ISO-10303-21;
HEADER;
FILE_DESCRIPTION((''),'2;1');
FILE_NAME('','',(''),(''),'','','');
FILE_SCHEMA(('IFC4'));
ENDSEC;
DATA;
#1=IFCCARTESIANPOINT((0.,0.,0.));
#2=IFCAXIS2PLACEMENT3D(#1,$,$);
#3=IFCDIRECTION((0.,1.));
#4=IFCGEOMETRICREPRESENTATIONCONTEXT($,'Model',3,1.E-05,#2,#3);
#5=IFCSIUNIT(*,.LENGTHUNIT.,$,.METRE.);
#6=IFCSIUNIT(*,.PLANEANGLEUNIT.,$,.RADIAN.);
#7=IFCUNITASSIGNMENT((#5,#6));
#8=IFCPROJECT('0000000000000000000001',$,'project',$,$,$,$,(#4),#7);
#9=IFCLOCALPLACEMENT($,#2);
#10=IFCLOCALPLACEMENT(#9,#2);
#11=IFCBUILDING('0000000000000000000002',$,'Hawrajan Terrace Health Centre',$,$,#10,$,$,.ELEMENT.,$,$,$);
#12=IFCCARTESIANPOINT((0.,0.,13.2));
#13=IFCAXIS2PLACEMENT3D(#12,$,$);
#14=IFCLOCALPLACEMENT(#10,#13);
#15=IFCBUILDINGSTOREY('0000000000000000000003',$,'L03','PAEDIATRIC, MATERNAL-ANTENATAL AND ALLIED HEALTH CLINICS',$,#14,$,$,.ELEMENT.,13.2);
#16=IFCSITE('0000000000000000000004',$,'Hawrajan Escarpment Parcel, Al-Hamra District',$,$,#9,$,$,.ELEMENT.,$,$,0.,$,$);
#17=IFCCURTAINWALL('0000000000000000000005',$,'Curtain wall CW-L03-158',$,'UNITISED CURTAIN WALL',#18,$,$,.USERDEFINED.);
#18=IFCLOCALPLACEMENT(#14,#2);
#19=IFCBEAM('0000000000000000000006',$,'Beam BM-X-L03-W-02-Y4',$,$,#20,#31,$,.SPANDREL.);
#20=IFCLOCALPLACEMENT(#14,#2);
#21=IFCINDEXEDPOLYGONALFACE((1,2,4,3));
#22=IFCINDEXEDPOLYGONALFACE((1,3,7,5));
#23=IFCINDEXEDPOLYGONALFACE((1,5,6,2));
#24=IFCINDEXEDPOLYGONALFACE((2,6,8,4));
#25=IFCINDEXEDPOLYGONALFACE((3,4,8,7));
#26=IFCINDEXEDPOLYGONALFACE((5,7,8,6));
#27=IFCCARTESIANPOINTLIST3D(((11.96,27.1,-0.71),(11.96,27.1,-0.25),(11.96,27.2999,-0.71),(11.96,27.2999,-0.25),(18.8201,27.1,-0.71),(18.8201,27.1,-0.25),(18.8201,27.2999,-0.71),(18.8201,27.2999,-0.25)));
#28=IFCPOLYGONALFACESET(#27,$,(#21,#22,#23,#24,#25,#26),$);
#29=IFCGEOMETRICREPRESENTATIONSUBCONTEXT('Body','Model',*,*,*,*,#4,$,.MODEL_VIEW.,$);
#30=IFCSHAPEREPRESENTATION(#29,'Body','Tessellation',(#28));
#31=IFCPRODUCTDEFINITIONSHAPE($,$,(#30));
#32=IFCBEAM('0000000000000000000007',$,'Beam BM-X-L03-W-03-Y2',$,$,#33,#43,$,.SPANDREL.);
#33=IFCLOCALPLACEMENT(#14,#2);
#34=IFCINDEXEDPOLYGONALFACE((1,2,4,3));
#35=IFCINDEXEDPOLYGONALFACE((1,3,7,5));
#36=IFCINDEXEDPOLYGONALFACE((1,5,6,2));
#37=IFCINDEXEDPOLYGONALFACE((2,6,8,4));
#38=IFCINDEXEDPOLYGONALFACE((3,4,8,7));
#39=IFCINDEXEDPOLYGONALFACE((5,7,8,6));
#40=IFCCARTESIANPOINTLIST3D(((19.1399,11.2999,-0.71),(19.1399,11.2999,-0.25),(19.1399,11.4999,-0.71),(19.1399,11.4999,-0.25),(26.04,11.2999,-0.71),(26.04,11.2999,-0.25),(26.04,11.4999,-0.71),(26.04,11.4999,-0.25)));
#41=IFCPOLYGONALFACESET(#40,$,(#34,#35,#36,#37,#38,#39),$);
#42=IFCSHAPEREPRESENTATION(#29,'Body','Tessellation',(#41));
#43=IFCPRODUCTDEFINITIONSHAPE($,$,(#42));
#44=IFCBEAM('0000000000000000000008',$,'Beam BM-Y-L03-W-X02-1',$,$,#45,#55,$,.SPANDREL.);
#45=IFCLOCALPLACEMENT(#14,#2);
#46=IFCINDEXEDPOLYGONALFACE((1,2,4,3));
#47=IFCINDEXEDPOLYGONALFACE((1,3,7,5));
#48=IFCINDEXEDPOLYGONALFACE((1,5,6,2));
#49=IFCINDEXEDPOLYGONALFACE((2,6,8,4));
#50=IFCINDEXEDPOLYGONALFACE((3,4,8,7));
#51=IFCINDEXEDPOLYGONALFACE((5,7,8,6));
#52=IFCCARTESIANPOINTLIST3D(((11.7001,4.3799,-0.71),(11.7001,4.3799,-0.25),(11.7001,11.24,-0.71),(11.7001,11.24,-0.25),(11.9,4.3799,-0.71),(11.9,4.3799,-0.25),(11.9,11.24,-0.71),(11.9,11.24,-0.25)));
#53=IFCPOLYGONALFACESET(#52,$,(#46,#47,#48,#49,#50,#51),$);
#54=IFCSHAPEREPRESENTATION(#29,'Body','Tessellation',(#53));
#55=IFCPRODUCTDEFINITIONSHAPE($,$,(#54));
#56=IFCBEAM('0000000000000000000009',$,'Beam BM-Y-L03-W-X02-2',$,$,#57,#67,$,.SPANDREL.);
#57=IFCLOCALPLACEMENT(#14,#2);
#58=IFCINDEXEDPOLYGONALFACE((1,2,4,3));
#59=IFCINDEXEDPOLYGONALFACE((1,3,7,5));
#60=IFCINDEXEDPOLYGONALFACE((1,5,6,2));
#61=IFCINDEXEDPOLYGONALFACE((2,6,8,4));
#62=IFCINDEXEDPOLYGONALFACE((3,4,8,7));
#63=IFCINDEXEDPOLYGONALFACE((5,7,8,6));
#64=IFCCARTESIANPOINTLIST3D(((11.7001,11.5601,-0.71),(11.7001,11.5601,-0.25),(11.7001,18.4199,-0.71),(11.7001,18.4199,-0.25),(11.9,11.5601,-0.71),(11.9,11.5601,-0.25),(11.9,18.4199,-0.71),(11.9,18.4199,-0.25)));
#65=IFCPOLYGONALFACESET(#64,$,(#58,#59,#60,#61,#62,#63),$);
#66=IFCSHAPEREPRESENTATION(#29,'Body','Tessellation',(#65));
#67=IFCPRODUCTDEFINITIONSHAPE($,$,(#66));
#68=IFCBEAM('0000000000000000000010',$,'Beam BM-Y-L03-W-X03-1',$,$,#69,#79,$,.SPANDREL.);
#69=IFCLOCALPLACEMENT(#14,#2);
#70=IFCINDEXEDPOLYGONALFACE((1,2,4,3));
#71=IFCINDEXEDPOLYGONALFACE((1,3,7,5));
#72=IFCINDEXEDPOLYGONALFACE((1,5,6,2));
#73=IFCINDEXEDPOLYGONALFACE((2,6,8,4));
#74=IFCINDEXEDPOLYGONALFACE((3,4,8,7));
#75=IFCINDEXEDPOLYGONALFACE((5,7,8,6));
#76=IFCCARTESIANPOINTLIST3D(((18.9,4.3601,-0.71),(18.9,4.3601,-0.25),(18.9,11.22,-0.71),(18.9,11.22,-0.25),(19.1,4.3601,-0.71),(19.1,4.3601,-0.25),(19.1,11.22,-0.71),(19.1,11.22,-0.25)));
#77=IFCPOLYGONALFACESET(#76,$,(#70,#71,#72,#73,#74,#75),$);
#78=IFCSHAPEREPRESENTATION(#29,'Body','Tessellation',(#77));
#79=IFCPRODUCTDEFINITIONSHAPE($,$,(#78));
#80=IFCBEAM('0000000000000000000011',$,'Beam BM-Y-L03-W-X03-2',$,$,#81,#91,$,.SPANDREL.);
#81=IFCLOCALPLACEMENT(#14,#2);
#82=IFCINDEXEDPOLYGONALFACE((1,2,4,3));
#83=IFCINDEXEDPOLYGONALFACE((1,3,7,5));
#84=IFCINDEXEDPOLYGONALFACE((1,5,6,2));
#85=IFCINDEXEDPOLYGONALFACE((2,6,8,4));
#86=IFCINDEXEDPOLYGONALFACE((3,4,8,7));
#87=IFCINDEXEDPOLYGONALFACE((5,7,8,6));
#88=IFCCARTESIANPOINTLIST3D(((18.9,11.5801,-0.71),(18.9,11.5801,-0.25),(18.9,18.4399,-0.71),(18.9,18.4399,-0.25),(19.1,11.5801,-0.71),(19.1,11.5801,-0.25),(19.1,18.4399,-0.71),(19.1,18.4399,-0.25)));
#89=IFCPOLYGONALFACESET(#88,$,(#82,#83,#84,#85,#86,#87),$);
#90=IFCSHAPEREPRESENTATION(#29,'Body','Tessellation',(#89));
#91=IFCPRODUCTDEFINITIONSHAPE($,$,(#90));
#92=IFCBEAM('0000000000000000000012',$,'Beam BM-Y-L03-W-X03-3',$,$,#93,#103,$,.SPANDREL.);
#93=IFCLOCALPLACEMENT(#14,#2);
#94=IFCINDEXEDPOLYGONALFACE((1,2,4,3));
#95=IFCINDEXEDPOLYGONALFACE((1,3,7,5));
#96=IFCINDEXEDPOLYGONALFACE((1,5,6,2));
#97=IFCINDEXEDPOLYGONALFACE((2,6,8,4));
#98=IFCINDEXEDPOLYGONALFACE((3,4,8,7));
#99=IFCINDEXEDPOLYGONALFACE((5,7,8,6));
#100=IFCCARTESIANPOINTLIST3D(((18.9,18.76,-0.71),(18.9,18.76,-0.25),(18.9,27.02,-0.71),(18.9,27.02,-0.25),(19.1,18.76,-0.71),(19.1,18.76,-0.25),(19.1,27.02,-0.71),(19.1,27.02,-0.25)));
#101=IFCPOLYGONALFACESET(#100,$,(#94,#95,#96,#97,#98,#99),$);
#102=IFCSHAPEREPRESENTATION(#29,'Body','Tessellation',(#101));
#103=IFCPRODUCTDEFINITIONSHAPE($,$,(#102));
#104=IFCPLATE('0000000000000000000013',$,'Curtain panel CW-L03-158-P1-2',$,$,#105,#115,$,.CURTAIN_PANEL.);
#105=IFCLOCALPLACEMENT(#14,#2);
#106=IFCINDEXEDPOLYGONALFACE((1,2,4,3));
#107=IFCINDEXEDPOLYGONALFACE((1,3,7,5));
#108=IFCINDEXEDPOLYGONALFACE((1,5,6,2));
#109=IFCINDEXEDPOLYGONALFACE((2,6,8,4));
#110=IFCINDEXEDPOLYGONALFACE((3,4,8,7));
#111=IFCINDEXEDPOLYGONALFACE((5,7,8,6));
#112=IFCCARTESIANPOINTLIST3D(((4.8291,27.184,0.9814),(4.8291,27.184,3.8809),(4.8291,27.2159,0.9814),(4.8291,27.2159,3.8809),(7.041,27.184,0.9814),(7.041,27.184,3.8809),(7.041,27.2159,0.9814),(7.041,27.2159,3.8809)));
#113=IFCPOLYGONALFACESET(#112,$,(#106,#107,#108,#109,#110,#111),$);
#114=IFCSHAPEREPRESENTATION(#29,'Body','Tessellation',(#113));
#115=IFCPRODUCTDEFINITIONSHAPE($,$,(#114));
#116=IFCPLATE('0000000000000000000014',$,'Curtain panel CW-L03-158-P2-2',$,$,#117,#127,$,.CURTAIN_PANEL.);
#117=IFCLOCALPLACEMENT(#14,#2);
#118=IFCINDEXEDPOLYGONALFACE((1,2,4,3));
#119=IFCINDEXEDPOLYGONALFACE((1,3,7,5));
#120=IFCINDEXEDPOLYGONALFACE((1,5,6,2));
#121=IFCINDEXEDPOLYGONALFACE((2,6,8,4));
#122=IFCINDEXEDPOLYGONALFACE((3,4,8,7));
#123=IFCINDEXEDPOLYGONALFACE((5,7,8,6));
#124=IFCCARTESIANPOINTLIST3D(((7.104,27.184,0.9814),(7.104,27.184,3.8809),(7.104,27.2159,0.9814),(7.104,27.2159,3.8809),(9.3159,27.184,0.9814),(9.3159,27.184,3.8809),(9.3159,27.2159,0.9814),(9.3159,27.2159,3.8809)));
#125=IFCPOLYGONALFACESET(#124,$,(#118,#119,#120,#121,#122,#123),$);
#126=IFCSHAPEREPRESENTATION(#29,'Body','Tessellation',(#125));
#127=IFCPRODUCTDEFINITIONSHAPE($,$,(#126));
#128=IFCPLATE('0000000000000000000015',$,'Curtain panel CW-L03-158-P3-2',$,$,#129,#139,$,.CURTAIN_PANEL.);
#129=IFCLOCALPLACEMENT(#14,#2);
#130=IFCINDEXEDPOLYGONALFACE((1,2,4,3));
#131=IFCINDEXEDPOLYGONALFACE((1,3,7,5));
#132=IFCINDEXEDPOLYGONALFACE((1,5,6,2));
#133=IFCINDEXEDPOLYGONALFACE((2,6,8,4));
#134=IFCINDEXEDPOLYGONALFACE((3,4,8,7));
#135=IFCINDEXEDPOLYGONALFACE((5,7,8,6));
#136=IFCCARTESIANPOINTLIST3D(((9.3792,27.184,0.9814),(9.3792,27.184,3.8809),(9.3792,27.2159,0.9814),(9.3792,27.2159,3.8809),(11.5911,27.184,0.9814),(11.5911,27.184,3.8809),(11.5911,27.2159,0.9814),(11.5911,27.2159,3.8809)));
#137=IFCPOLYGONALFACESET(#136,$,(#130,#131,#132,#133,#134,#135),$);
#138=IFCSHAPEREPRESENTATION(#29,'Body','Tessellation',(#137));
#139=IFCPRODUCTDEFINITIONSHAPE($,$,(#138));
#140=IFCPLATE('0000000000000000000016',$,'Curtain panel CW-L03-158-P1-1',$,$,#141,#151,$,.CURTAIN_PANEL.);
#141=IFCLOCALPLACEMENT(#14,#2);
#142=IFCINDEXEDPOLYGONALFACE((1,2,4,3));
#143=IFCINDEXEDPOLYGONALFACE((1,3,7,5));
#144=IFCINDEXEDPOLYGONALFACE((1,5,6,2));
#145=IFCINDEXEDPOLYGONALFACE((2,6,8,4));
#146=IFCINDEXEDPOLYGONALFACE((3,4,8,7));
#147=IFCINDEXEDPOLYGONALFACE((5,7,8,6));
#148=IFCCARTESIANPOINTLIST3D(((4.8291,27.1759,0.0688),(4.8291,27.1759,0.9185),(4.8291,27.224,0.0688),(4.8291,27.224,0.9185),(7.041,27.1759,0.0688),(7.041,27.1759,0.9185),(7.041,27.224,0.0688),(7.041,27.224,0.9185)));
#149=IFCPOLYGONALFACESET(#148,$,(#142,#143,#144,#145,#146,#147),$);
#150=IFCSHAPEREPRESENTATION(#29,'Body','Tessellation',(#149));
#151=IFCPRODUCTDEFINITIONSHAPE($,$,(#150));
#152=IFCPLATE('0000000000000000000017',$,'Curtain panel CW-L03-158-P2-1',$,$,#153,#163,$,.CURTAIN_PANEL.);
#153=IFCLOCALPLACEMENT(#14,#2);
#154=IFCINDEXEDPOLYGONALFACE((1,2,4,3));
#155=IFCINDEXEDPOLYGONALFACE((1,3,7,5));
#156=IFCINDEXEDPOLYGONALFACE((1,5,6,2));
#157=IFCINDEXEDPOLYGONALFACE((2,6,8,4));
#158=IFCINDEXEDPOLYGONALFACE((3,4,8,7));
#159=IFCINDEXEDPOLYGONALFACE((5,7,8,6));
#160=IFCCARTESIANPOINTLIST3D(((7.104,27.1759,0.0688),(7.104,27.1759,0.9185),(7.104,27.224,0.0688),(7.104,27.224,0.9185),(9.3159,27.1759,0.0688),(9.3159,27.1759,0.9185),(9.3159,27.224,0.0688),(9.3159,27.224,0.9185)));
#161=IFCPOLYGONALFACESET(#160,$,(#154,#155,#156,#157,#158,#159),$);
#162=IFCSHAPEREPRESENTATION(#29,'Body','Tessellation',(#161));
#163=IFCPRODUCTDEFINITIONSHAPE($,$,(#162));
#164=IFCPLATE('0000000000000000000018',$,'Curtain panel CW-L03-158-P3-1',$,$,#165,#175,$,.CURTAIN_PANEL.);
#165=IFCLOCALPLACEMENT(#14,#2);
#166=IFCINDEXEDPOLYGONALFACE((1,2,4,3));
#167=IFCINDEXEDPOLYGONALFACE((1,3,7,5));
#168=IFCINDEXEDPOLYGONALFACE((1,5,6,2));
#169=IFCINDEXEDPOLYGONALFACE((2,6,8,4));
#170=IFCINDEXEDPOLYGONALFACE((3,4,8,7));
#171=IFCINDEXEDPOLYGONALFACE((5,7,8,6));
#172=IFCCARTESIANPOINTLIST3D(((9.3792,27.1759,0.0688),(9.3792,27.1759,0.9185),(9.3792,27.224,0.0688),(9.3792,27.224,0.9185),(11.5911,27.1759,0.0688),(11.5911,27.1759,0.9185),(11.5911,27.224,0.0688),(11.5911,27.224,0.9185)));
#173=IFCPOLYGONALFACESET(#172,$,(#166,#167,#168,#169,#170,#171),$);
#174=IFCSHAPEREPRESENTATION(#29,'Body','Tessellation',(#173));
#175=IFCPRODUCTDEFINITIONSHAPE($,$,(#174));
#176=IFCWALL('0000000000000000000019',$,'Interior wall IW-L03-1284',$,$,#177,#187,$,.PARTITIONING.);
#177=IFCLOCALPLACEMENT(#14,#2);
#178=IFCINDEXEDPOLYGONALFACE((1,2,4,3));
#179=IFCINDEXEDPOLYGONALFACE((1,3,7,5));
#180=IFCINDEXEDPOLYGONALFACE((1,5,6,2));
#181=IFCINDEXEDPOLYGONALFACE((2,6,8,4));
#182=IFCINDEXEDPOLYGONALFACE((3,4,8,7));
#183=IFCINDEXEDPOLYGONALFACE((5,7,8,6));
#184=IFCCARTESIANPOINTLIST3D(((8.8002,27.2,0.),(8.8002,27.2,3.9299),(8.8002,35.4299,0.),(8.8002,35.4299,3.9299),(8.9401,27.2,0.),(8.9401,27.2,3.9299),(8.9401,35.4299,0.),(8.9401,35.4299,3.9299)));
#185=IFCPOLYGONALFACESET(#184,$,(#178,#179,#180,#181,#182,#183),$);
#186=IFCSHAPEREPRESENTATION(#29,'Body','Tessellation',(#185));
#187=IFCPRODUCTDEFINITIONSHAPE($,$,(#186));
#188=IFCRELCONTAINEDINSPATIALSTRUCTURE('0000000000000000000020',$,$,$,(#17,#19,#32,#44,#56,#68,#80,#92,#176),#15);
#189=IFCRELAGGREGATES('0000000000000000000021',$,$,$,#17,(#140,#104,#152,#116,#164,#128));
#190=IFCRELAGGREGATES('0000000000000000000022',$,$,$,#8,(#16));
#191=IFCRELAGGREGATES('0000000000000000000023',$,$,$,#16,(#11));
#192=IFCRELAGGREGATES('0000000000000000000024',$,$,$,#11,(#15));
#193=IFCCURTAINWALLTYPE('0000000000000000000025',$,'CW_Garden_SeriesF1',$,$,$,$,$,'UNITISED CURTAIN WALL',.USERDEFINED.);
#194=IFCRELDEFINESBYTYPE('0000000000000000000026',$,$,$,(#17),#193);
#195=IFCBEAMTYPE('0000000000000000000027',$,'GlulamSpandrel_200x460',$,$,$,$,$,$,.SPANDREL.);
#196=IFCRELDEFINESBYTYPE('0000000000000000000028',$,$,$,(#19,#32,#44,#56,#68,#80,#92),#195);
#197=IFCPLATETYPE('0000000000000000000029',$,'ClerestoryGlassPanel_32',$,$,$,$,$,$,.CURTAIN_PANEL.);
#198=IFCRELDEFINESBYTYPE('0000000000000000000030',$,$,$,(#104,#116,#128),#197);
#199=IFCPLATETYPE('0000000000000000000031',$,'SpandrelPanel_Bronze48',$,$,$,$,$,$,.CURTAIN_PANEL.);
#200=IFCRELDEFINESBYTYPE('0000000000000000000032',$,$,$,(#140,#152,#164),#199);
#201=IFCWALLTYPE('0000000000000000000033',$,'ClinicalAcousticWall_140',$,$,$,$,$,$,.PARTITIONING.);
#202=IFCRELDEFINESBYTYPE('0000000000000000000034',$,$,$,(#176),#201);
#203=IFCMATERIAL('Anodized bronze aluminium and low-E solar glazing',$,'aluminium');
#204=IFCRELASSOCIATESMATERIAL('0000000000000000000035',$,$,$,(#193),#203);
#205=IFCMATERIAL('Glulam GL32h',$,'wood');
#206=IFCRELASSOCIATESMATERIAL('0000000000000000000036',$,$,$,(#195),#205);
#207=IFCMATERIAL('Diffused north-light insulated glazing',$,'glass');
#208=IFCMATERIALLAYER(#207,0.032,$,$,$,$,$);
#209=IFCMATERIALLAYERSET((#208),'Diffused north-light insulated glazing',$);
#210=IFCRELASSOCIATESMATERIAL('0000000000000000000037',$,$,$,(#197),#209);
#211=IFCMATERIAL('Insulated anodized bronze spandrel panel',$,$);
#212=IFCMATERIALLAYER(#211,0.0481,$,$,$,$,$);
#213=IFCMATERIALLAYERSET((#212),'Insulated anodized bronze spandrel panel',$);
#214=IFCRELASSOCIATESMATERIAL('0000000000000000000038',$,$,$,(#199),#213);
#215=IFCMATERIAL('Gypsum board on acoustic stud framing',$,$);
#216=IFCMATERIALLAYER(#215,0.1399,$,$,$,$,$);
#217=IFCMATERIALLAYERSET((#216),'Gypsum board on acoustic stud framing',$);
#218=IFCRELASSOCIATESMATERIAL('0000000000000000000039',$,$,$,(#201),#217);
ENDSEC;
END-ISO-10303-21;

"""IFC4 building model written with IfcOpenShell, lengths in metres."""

from ifc_helpers import new_model, si_unit, direction, frame, frame_2d, origin, origin_2d, place, context, subcontext, project, spatial, rectangle, extrude, material, layer, layer_set, material_profile, profile_set, type_object, element, aggregate, save


model = new_model("IFC4")

# Units and contexts
model_context = context("Model", 3, precision=1e-05, world=origin(), true_north=direction((0.0, 1.0)))
body_context = subcontext(model_context, "Body", "Model", "MODEL_VIEW")
ifc_project = project(units=[si_unit("LENGTHUNIT", "METRE"), si_unit("PLANEANGLEUNIT", "RADIAN")], contexts=[model_context])

# Site, building, storey
site_placement = place(None, origin())
site = spatial("IfcSite", under=ifc_project, at=site_placement, Name="Hawrajan Escarpment Parcel, Al-Hamra District", CompositionType="ELEMENT", RefElevation=0.0)
building_placement = place(site_placement, origin())
building = spatial("IfcBuilding", under=site, at=building_placement, Name="Hawrajan Terrace Health Centre", CompositionType="ELEMENT")
storey_placement = place(building_placement, frame((0.0, 0.0, 13.2)))
storey = spatial("IfcBuildingStorey", under=building, at=storey_placement, Name="L03", Description="PAEDIATRIC, MATERNAL-ANTENATAL AND ALLIED HEALTH CLINICS", CompositionType="ELEMENT", Elevation=13.2)

# Shared definitions
ifc_material_1 = material(Name="Glulam GL32h", Category="wood")

# Shared definitions
ifc_material_2 = material(Name="Anodized bronze aluminium and low-E solar glazing", Category="aluminium")

# Curtain wall
curtain_wall_type_1 = type_object("IfcCurtainWallType", Name="CW_Garden_SeriesF1", ElementType="UNITISED CURTAIN WALL", PredefinedType="USERDEFINED", material=ifc_material_2)
curtain_wall_1_placement = place(storey_placement, origin())
curtain_wall_1 = element("IfcCurtainWall", 1, at=curtain_wall_1_placement, inside=storey, type_object=curtain_wall_type_1, Name="Curtain wall CW-L03-158", ObjectType="UNITISED CURTAIN WALL", PredefinedType="USERDEFINED")

# Beams
ifc_material_profile_1 = material_profile(ifc_material_1, rectangle(XDim=0.2, YDim=0.46, at=origin_2d()), Name="GL SP 200x460")
ifc_profile_set_1 = profile_set([ifc_material_profile_1], Name="Glulam GL32h")
beam_type_1 = type_object("IfcBeamType", Name="GlulamSpandrel_200x460", PredefinedType="SPANDREL", material=ifc_profile_set_1)
beam_1_placement = place(storey_placement, frame((11.96, 27.2, -0.48), z_axis=(1.0, 0.0, 0.0), x_axis=(0.0, 1.0, 0.0)))
element("IfcBeam", 2, at=beam_1_placement, inside=storey, type_object=beam_type_1, Name="Beam BM-X-L03-W-02-Y4", PredefinedType="SPANDREL", context=body_context, shape_type="SweptSolid", body=[
    extrude(rectangle(XDim=0.2, YDim=0.46, at=origin_2d()), origin(), (0.0, 0.0, 1.0), 6.8601),
])
beam_2_placement = place(storey_placement, frame((19.1399, 11.3999, -0.48), z_axis=(1.0, 0.0, 0.0), x_axis=(0.0, 1.0, 0.0)))
element("IfcBeam", 3, at=beam_2_placement, inside=storey, type_object=beam_type_1, Name="Beam BM-X-L03-W-03-Y2", PredefinedType="SPANDREL", context=body_context, shape_type="SweptSolid", body=[
    extrude(rectangle(XDim=0.2, YDim=0.46, at=origin_2d()), origin(), (0.0, 0.0, 1.0), 6.9001),
])
beam_3_placement = place(storey_placement, frame((11.8, 4.3799, -0.48), z_axis=(0.0, 1.0, 0.0), x_axis=(-1.0, 0.0, 0.0)))
element("IfcBeam", 4, at=beam_3_placement, inside=storey, type_object=beam_type_1, Name="Beam BM-Y-L03-W-X02-1", PredefinedType="SPANDREL", context=body_context, shape_type="SweptSolid", body=[
    extrude(rectangle(XDim=0.2, YDim=0.46, at=origin_2d()), origin(), (0.0, 0.0, 1.0), 6.8601),
])
for number, where, z_axis, x_axis, name in (
    (5, (11.8, 11.5601, -0.48), (0.0, 1.0, 0.0), (-1.0, 0.0, 0.0), "Beam BM-Y-L03-W-X02-2"),
    (6, (19.0, 4.3601, -0.48), (0.0, 1.0, 0.0), (-1.0, 0.0, 0.0), "Beam BM-Y-L03-W-X03-1"),
    (7, (19.0, 11.5801, -0.48), (0.0, 1.0, 0.0), (-1.0, 0.0, 0.0), "Beam BM-Y-L03-W-X03-2"),
):
    element("IfcBeam", number, at=place(storey_placement, frame(where, z_axis=z_axis, x_axis=x_axis)), inside=storey, type_object=beam_type_1, Name=name, PredefinedType="SPANDREL", context=body_context, shape_type="SweptSolid", body=[
        extrude(rectangle(XDim=0.2, YDim=0.46, at=origin_2d()), origin(), (0.0, 0.0, 1.0), 6.8599),
    ])
beam_4_placement = place(storey_placement, frame((19.0, 18.76, -0.48), z_axis=(0.0, 1.0, 0.0), x_axis=(-1.0, 0.0, 0.0)))
element("IfcBeam", 8, at=beam_4_placement, inside=storey, type_object=beam_type_1, Name="Beam BM-Y-L03-W-X03-3", PredefinedType="SPANDREL", context=body_context, shape_type="SweptSolid", body=[
    extrude(rectangle(XDim=0.2, YDim=0.46, at=origin_2d()), origin(), (0.0, 0.0, 1.0), 8.26),
])

# Plates
ifc_material_3 = material(Name="Diffused north-light insulated glazing", Category="glass")
ifc_layer_1 = layer(ifc_material_3, 0.032)
ifc_layer_set_1 = layer_set([ifc_layer_1], Name="Diffused north-light insulated glazing")
plate_type_1 = type_object("IfcPlateType", Name="ClerestoryGlassPanel_32", PredefinedType="CURTAIN_PANEL", material=ifc_layer_set_1)
plate_1_placement = place(storey_placement, frame((5.9351, 27.2, 0.9814), z_axis=(0.0, 0.0, 1.0), x_axis=(1.0, 0.0, 0.0)))
plate_1 = element("IfcPlate", 9, at=plate_1_placement, type_object=plate_type_1, Name="Curtain panel CW-L03-158-P1-2", PredefinedType="CURTAIN_PANEL", context=body_context, shape_type="SweptSolid", body=[
    extrude(rectangle(XDim=2.2119, YDim=0.032, at=origin_2d()), origin(), (0.0, 0.0, 1.0), 2.8994),
])
plate_2_placement = place(storey_placement, frame((8.21, 27.2, 0.9814), z_axis=(0.0, 0.0, 1.0), x_axis=(1.0, 0.0, 0.0)))
plate_2 = element("IfcPlate", 10, at=plate_2_placement, type_object=plate_type_1, Name="Curtain panel CW-L03-158-P2-2", PredefinedType="CURTAIN_PANEL", context=body_context, shape_type="SweptSolid", body=[
    extrude(rectangle(XDim=2.2119, YDim=0.032, at=origin_2d()), origin(), (0.0, 0.0, 1.0), 2.8994),
])
plate_3_placement = place(storey_placement, frame((10.4851, 27.2, 0.9814), z_axis=(0.0, 0.0, 1.0), x_axis=(1.0, 0.0, 0.0)))
plate_3 = element("IfcPlate", 11, at=plate_3_placement, type_object=plate_type_1, Name="Curtain panel CW-L03-158-P3-2", PredefinedType="CURTAIN_PANEL", context=body_context, shape_type="SweptSolid", body=[
    extrude(rectangle(XDim=2.2119, YDim=0.032, at=origin_2d()), origin(), (0.0, 0.0, 1.0), 2.8994),
])
ifc_material_4 = material(Name="Insulated anodized bronze spandrel panel")
ifc_layer_2 = layer(ifc_material_4, 0.0481)
ifc_layer_set_2 = layer_set([ifc_layer_2], Name="Insulated anodized bronze spandrel panel")
plate_type_2 = type_object("IfcPlateType", Name="SpandrelPanel_Bronze48", PredefinedType="CURTAIN_PANEL", material=ifc_layer_set_2)
plate_4_placement = place(storey_placement, frame((5.9351, 27.2, 0.0688), z_axis=(0.0, 0.0, 1.0), x_axis=(1.0, 0.0, 0.0)))
plate_4 = element("IfcPlate", 12, at=plate_4_placement, type_object=plate_type_2, Name="Curtain panel CW-L03-158-P1-1", PredefinedType="CURTAIN_PANEL", context=body_context, shape_type="SweptSolid", body=[
    extrude(rectangle(XDim=2.2119, YDim=0.0481, at=origin_2d()), origin(), (0.0, 0.0, 1.0), 0.8496),
])
plate_5_placement = place(storey_placement, frame((8.21, 27.2, 0.0688), z_axis=(0.0, 0.0, 1.0), x_axis=(1.0, 0.0, 0.0)))
plate_5 = element("IfcPlate", 13, at=plate_5_placement, type_object=plate_type_2, Name="Curtain panel CW-L03-158-P2-1", PredefinedType="CURTAIN_PANEL", context=body_context, shape_type="SweptSolid", body=[
    extrude(rectangle(XDim=2.2119, YDim=0.0481, at=origin_2d()), origin(), (0.0, 0.0, 1.0), 0.8496),
])
plate_6_placement = place(storey_placement, frame((10.4851, 27.2, 0.0688), z_axis=(0.0, 0.0, 1.0), x_axis=(1.0, 0.0, 0.0)))
plate_6 = element("IfcPlate", 14, at=plate_6_placement, type_object=plate_type_2, Name="Curtain panel CW-L03-158-P3-1", PredefinedType="CURTAIN_PANEL", context=body_context, shape_type="SweptSolid", body=[
    extrude(rectangle(XDim=2.2119, YDim=0.0481, at=origin_2d()), origin(), (0.0, 0.0, 1.0), 0.8496),
])
aggregate(curtain_wall_1, [plate_4, plate_1, plate_5, plate_2, plate_6, plate_3])

# Wall
ifc_material_5 = material(Name="Gypsum board on acoustic stud framing")
ifc_layer_3 = layer(ifc_material_5, 0.1399)
ifc_layer_set_3 = layer_set([ifc_layer_3], Name="Gypsum board on acoustic stud framing")
wall_type = type_object("IfcWallType", Name="ClinicalAcousticWall_140", PredefinedType="PARTITIONING", material=ifc_layer_set_3)
wall_placement = place(storey_placement, frame((8.8701, 27.2, 0.0), z_axis=(0.0, 0.0, 1.0), x_axis=(0.0, 1.0, 0.0)))
element("IfcWall", 15, at=wall_placement, inside=storey, type_object=wall_type, Name="Interior wall IW-L03-1284", PredefinedType="PARTITIONING", context=body_context, shape_type="SweptSolid", body=[
    extrude(rectangle(XDim=8.23, YDim=0.1399, at=frame_2d((4.115, 0.0))), origin(), (0.0, 0.0, 1.0), 3.9299),
])

save(model, "model.ifc")
